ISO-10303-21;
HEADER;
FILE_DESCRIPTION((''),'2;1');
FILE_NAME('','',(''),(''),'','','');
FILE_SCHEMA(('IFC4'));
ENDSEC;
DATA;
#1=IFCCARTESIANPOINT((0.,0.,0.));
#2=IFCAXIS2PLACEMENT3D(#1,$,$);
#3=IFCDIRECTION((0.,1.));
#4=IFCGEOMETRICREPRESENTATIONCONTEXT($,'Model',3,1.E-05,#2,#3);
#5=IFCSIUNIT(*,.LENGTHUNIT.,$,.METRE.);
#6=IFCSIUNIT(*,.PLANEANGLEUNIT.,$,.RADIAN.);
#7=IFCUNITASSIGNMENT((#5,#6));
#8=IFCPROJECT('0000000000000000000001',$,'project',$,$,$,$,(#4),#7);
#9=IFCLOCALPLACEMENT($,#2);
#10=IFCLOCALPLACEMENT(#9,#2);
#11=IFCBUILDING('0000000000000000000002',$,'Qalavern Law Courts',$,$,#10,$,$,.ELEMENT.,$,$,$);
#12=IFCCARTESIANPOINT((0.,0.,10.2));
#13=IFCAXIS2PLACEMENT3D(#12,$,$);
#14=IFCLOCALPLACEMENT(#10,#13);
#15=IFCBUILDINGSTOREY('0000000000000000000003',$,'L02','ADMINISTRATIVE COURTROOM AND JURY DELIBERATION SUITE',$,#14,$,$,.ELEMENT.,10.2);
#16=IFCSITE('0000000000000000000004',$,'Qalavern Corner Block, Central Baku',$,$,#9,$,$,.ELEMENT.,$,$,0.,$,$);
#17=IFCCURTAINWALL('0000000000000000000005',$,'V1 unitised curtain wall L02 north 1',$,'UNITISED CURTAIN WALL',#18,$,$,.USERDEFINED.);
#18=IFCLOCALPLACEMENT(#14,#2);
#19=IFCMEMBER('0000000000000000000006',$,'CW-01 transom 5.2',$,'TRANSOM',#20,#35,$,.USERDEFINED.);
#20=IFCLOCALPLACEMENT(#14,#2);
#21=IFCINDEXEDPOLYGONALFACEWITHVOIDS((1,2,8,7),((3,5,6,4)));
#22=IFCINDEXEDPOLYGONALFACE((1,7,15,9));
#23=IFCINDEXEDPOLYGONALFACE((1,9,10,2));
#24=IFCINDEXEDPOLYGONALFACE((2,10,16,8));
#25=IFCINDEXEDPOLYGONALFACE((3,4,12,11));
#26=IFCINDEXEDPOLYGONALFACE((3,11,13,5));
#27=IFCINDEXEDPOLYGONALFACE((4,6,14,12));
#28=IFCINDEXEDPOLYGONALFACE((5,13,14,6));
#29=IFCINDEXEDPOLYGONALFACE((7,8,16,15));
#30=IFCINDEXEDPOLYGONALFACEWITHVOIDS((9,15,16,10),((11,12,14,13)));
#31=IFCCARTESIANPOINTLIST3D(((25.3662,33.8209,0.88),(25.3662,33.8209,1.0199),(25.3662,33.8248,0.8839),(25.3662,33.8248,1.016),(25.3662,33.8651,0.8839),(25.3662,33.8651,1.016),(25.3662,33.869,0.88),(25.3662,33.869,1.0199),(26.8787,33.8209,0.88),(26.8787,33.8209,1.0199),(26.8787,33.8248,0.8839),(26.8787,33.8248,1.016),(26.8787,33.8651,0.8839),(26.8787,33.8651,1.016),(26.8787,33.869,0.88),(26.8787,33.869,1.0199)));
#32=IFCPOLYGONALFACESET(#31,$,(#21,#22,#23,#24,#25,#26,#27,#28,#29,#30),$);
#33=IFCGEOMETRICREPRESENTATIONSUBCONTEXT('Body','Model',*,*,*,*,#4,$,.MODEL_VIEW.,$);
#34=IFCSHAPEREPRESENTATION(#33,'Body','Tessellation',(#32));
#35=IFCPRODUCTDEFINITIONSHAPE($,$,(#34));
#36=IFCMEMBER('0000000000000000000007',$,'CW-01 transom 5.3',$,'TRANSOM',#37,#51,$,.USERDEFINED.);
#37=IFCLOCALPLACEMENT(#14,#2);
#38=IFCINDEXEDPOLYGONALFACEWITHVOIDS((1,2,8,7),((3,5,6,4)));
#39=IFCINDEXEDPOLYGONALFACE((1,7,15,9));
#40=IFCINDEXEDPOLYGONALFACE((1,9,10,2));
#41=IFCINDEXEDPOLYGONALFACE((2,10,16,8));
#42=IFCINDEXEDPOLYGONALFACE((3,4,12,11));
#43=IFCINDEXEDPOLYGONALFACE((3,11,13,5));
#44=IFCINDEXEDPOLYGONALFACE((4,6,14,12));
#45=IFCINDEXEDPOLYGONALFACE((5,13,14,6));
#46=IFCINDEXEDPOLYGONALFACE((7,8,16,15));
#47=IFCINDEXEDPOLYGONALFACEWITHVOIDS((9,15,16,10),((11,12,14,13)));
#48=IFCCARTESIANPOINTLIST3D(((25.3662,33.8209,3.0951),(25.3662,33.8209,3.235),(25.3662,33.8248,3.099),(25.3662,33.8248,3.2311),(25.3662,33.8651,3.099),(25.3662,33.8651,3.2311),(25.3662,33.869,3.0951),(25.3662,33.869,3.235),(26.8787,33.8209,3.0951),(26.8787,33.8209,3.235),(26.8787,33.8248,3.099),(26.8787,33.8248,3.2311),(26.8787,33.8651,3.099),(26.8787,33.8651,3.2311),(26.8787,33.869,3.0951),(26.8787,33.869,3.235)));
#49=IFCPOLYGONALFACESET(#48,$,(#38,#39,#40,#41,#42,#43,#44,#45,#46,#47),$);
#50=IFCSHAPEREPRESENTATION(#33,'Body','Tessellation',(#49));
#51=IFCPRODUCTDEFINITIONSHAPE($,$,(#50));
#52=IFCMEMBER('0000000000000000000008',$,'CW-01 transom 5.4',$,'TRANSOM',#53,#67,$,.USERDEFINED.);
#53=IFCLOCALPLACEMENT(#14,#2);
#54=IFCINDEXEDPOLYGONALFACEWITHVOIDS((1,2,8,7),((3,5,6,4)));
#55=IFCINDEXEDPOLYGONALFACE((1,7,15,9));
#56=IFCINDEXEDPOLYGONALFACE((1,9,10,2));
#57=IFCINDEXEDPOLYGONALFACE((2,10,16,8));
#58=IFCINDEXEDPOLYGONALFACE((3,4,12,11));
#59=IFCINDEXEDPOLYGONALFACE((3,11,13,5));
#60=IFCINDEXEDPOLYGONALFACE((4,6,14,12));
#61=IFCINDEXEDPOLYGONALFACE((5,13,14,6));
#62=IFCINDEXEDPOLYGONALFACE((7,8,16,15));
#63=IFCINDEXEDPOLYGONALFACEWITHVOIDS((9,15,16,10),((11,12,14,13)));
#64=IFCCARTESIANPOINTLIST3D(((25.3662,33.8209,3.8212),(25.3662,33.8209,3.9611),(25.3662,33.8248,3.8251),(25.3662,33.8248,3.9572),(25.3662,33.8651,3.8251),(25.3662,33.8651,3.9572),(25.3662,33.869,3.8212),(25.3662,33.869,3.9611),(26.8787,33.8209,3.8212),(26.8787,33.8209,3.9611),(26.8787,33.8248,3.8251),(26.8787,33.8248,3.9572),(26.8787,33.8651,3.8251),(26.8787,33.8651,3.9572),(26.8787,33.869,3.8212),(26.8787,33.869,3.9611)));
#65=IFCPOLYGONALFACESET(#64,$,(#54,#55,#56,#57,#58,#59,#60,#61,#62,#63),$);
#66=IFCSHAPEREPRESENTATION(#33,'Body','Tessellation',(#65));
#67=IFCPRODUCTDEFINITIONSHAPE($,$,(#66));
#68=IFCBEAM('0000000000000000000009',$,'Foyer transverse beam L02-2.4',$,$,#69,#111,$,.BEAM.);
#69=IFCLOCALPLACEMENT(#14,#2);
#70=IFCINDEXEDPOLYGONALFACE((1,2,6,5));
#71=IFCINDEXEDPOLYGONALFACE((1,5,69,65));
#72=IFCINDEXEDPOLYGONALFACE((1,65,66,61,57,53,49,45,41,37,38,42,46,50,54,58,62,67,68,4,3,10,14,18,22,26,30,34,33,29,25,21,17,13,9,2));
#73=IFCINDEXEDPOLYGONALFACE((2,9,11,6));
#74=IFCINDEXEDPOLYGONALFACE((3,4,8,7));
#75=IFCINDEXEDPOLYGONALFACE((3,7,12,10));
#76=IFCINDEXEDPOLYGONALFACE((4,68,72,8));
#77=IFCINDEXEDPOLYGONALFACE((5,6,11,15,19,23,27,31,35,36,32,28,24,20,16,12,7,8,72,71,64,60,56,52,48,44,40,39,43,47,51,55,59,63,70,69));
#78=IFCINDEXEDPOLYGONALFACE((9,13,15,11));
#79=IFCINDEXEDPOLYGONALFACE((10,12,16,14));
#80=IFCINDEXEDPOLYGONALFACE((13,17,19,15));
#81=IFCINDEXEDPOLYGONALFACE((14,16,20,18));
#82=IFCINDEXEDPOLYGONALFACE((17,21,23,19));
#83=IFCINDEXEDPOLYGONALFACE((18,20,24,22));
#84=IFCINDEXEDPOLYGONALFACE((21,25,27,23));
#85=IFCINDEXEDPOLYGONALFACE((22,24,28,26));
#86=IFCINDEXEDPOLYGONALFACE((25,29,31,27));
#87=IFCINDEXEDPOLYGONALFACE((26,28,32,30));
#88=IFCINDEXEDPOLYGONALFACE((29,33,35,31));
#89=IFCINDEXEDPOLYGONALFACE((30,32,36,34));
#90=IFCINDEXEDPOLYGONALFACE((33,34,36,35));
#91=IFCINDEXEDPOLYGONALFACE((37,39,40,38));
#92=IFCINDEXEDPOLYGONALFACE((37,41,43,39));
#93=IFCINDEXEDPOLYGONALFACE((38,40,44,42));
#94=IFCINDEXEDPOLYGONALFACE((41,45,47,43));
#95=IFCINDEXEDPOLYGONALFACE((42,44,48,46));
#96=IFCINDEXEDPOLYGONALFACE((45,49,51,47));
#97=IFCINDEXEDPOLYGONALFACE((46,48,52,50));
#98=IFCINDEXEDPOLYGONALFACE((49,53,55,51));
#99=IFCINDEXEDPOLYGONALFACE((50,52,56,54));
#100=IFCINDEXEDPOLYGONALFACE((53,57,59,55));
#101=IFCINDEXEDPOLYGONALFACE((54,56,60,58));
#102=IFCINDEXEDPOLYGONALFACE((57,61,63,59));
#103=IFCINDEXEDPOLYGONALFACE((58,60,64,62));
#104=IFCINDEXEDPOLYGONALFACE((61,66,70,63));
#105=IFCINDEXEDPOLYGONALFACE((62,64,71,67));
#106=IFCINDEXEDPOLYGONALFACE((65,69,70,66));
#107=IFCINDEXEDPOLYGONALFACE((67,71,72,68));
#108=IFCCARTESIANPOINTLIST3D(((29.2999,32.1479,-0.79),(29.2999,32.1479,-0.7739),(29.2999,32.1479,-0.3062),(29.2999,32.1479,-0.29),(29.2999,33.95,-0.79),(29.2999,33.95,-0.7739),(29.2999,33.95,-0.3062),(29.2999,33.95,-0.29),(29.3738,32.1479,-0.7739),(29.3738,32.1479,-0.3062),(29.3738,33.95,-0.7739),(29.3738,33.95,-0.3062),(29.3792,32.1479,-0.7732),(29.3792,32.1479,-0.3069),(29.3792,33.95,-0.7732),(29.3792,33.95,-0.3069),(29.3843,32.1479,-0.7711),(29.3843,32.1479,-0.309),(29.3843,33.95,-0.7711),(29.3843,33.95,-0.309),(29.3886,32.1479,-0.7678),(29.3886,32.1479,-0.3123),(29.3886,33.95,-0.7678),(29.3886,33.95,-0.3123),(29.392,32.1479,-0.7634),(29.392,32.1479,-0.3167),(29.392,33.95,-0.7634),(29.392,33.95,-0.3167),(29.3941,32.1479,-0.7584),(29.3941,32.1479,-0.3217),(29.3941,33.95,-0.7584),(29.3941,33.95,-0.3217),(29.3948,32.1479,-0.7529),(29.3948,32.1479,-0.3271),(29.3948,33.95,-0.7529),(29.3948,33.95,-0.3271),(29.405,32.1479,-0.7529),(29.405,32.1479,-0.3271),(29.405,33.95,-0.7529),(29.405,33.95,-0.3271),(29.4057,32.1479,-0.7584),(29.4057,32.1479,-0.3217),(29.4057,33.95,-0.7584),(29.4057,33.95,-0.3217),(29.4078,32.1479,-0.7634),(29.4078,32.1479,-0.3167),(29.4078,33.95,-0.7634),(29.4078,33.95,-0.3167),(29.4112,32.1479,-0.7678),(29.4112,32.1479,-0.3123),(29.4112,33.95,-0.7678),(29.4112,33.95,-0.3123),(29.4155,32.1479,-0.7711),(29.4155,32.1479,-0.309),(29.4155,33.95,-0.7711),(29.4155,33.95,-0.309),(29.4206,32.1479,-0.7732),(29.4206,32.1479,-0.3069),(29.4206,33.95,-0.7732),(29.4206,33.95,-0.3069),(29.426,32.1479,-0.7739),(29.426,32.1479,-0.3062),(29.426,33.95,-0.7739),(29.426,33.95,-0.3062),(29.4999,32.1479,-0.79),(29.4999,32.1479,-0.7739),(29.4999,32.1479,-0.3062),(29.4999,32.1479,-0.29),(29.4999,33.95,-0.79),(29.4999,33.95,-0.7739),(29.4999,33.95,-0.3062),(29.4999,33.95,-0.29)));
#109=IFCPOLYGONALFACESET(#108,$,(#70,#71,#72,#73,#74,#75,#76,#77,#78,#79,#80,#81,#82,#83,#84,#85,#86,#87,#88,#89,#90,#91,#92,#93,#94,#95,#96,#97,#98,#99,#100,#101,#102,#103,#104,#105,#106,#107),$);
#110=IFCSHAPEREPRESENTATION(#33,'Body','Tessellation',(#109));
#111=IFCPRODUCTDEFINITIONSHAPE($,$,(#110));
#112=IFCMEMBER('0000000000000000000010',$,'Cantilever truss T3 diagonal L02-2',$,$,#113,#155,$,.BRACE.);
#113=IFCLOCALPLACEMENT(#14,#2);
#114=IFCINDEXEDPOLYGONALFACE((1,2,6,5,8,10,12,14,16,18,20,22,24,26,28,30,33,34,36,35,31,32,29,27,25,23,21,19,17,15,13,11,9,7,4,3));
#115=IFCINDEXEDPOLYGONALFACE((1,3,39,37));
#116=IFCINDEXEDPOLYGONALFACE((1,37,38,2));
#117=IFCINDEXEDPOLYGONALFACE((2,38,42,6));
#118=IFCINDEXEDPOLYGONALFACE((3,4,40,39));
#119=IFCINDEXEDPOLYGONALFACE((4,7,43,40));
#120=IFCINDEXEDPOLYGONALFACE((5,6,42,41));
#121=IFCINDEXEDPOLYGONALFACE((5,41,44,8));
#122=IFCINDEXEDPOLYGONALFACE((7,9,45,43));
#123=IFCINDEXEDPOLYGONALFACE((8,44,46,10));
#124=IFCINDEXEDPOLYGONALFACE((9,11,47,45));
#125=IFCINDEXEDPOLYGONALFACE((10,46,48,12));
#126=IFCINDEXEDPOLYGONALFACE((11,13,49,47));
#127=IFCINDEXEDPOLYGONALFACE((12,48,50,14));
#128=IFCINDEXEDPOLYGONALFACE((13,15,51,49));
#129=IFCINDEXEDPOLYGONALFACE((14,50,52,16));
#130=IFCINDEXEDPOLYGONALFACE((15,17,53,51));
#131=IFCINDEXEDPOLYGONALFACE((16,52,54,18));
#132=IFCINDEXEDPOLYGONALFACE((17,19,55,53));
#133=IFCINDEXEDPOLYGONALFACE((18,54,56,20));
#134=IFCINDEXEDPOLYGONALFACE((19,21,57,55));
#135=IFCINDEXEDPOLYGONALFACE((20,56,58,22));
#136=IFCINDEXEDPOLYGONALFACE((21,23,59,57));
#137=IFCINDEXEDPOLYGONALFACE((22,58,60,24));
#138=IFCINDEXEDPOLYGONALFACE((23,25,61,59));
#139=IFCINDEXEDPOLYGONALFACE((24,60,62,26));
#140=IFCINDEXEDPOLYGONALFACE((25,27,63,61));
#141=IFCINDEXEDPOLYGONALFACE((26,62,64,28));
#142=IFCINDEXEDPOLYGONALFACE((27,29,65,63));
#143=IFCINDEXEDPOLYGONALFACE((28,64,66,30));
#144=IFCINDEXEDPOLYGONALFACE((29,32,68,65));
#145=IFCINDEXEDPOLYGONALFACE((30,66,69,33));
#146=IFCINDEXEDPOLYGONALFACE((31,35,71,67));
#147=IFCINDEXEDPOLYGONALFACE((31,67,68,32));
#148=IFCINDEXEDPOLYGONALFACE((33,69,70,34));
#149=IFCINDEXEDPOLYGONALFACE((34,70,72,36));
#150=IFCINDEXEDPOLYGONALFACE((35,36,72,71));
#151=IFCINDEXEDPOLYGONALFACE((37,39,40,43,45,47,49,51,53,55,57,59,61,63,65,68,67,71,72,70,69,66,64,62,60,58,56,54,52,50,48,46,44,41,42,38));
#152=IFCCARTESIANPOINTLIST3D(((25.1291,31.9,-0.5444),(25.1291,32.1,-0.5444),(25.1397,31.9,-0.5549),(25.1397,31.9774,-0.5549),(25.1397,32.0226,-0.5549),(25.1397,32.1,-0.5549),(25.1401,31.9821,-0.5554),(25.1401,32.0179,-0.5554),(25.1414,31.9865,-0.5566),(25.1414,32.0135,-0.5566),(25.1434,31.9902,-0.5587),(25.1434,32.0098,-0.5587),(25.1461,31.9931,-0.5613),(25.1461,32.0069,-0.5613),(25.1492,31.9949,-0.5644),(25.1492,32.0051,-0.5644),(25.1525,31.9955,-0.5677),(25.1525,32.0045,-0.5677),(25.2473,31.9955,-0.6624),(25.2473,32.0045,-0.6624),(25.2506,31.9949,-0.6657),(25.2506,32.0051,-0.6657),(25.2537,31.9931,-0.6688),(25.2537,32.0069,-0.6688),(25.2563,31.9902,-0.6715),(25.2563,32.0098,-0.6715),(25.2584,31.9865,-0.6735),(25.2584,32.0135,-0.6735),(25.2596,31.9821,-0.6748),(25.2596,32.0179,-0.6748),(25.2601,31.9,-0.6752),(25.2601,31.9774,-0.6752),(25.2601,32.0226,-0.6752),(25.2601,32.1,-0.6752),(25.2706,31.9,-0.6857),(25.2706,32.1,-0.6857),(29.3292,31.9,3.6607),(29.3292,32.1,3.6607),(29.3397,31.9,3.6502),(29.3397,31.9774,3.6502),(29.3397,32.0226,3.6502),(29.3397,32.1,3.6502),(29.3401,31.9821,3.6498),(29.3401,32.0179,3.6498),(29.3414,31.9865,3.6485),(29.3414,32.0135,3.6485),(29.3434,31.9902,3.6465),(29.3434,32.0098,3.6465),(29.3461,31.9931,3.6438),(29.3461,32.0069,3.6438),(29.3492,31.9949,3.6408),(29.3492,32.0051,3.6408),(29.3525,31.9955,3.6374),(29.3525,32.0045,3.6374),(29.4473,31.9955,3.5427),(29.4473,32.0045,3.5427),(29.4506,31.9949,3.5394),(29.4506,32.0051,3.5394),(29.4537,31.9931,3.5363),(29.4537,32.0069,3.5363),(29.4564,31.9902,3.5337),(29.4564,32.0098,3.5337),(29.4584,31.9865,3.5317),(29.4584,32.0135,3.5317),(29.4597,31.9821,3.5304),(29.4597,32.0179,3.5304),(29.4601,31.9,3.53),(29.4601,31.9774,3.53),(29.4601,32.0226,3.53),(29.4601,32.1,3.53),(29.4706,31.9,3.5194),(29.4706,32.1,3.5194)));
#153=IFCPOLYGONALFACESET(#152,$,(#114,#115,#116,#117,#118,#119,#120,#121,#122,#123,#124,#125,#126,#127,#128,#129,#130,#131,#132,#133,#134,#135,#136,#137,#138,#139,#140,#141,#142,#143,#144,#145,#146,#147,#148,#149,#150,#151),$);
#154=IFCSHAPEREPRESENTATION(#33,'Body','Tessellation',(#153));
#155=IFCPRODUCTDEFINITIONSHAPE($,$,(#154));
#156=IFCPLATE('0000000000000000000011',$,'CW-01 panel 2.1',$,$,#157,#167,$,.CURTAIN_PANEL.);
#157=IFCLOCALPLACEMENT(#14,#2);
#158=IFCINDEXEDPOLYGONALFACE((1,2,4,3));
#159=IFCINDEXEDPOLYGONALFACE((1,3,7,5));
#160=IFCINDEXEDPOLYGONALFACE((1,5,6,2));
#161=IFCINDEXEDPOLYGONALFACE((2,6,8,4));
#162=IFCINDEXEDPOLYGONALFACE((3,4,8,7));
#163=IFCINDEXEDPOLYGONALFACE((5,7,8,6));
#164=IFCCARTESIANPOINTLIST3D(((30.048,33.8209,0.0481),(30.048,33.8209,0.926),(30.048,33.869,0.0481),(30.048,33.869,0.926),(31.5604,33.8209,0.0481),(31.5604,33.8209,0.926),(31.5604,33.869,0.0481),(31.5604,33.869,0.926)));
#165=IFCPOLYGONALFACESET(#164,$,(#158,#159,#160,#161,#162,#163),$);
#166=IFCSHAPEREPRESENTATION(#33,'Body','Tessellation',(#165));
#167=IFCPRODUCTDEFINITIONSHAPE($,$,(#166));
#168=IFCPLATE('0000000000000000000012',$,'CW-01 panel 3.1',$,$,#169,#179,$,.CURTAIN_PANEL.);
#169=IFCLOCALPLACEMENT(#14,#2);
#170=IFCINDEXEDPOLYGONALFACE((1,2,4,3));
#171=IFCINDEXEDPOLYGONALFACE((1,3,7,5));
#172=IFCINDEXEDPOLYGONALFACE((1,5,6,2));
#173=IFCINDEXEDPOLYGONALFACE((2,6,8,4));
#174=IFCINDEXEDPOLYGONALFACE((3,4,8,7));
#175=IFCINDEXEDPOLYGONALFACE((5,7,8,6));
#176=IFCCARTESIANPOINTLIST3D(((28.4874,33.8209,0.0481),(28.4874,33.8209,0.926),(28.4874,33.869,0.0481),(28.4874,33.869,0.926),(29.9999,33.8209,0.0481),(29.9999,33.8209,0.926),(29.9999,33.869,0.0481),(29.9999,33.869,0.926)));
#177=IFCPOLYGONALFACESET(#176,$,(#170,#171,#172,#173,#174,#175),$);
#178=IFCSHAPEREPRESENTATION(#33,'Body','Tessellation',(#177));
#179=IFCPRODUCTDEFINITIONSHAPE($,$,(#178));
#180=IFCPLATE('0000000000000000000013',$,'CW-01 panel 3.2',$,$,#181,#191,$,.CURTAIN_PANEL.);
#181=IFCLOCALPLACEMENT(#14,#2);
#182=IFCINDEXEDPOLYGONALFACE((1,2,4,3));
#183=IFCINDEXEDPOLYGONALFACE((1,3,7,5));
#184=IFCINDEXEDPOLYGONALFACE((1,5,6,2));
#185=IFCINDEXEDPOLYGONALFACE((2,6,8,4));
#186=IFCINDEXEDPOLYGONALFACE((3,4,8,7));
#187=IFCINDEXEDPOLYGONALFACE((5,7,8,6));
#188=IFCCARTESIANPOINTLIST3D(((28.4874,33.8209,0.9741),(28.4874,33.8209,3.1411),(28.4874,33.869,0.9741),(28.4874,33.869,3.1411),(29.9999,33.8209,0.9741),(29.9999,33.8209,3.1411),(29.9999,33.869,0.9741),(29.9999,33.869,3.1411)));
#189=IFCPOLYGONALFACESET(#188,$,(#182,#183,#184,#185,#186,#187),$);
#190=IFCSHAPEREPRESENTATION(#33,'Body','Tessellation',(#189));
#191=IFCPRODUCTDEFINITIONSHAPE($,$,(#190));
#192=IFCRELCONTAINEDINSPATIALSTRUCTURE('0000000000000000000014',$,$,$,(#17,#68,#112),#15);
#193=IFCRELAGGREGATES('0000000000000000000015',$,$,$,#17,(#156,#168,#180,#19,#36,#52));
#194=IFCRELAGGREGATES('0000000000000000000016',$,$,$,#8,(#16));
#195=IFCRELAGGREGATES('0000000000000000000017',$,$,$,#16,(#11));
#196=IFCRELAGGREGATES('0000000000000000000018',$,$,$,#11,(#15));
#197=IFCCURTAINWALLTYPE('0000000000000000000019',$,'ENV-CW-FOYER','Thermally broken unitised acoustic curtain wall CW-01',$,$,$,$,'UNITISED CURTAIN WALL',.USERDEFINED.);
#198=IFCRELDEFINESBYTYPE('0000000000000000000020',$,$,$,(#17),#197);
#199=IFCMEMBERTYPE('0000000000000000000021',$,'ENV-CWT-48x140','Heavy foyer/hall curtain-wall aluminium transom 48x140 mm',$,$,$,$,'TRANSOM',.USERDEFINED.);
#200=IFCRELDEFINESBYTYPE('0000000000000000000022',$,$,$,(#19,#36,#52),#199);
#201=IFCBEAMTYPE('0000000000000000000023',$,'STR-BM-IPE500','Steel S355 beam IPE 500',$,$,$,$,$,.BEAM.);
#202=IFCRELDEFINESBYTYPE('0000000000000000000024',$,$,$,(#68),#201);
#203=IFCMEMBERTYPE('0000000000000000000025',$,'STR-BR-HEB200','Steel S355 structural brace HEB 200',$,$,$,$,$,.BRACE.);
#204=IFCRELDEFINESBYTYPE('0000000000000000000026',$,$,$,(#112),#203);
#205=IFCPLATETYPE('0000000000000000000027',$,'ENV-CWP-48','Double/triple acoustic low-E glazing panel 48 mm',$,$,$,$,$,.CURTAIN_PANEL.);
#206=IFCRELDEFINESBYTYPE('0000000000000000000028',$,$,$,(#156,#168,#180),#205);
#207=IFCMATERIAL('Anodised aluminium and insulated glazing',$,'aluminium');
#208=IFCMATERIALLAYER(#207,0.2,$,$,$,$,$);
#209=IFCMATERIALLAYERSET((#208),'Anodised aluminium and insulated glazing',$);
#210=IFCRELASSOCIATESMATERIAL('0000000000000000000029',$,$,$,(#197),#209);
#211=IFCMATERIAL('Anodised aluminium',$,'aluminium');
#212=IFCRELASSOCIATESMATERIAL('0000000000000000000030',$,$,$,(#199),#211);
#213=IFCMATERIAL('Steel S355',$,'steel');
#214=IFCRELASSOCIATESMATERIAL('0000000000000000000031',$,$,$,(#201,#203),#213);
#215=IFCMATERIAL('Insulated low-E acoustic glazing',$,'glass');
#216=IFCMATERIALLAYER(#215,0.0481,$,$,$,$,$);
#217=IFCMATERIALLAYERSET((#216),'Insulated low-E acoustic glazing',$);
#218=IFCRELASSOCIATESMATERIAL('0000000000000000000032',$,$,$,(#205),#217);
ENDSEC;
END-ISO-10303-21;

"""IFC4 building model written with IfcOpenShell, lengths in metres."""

from ifc_helpers import new_model, si_unit, direction, frame, origin, origin_2d, place, context, subcontext, project, spatial, rectangle, hollow_rectangle, i_section, extrude, material, layer, layer_set, material_profile, profile_set, type_object, element, aggregate, save


model = new_model("IFC4")

# Units and contexts
model_context = context("Model", 3, precision=1e-05, world=origin(), true_north=direction((0.0, 1.0)))
body_context = subcontext(model_context, "Body", "Model", "MODEL_VIEW")
ifc_project = project(units=[si_unit("LENGTHUNIT", "METRE"), si_unit("PLANEANGLEUNIT", "RADIAN")], contexts=[model_context])

# Site, building, storey
site_placement = place(None, origin())
site = spatial("IfcSite", under=ifc_project, at=site_placement, Name="Qalavern Corner Block, Central Baku", CompositionType="ELEMENT", RefElevation=0.0)
building_placement = place(site_placement, origin())
building = spatial("IfcBuilding", under=site, at=building_placement, Name="Qalavern Law Courts", CompositionType="ELEMENT")
storey_placement = place(building_placement, frame((0.0, 0.0, 10.2)))
storey = spatial("IfcBuildingStorey", under=building, at=storey_placement, Name="L02", Description="ADMINISTRATIVE COURTROOM AND JURY DELIBERATION SUITE", CompositionType="ELEMENT", Elevation=10.2)

# Curtain wall, members
ifc_material_1 = material(Name="Anodised aluminium and insulated glazing", Category="aluminium")
ifc_layer_1 = layer(ifc_material_1, 0.2)
ifc_layer_set_1 = layer_set([ifc_layer_1], Name="Anodised aluminium and insulated glazing")
curtain_wall_type = type_object("IfcCurtainWallType", Name="ENV-CW-FOYER", Description="Thermally broken unitised acoustic curtain wall CW-01", ElementType="UNITISED CURTAIN WALL", PredefinedType="USERDEFINED", material=ifc_layer_set_1)
curtain_wall_placement = place(storey_placement, origin())
curtain_wall = element("IfcCurtainWall", 1, at=curtain_wall_placement, inside=storey, type_object=curtain_wall_type, Name="V1 unitised curtain wall L02 north 1", ObjectType="UNITISED CURTAIN WALL", PredefinedType="USERDEFINED")
ifc_material_2 = material(Name="Anodised aluminium", Category="aluminium")
ifc_material_profile_1 = material_profile(ifc_material_2, hollow_rectangle(XDim=0.0481, YDim=0.1399, WallThickness=0.0039, at=origin_2d()), Name="ALU TRANSOM 48x140")
ifc_profile_set_1 = profile_set([ifc_material_profile_1], Name="Anodised aluminium")
member_type_1 = type_object("IfcMemberType", Name="ENV-CWT-48x140", Description="Heavy foyer/hall curtain-wall aluminium transom 48x140 mm", ElementType="TRANSOM", PredefinedType="USERDEFINED", material=ifc_profile_set_1)
member_1_placement = place(storey_placement, frame((26.8787, 33.845, 0.95), z_axis=(-1.0, 0.0, 0.0), x_axis=(0.0, -1.0, 0.0)))
member_1 = element("IfcMember", 2, at=member_1_placement, type_object=member_type_1, Name="CW-01 transom 5.2", ObjectType="TRANSOM", PredefinedType="USERDEFINED", context=body_context, shape_type="SweptSolid", body=[
    extrude(hollow_rectangle(XDim=0.0481, YDim=0.1399, WallThickness=0.0039, at=origin_2d()), origin(), (0.0, 0.0, 1.0), 1.5125),
])
member_2_placement = place(storey_placement, frame((26.8787, 33.845, 3.165), z_axis=(-1.0, 0.0, 0.0), x_axis=(0.0, -1.0, 0.0)))
member_2 = element("IfcMember", 3, at=member_2_placement, type_object=member_type_1, Name="CW-01 transom 5.3", ObjectType="TRANSOM", PredefinedType="USERDEFINED", context=body_context, shape_type="SweptSolid", body=[
    extrude(hollow_rectangle(XDim=0.0481, YDim=0.1399, WallThickness=0.0039, at=origin_2d()), origin(), (0.0, 0.0, 1.0), 1.5125),
])
member_3_placement = place(storey_placement, frame((26.8787, 33.845, 3.8911), z_axis=(-1.0, 0.0, 0.0), x_axis=(0.0, -1.0, 0.0)))
member_3 = element("IfcMember", 4, at=member_3_placement, type_object=member_type_1, Name="CW-01 transom 5.4", ObjectType="TRANSOM", PredefinedType="USERDEFINED", context=body_context, shape_type="SweptSolid", body=[
    extrude(hollow_rectangle(XDim=0.0481, YDim=0.1399, WallThickness=0.0039, at=origin_2d()), origin(), (0.0, 0.0, 1.0), 1.5125),
])

# Beam
ifc_material_3 = material(Name="Steel S355", Category="steel")
ifc_material_profile_2 = material_profile(ifc_material_3, i_section(OverallWidth=0.2, OverallDepth=0.5, WebThickness=0.0103, FlangeThickness=0.0161, FilletRadius=0.021, at=origin_2d()), Name="IPE 500")
ifc_profile_set_2 = profile_set([ifc_material_profile_2], Name="Steel S355")
beam_type = type_object("IfcBeamType", Name="STR-BM-IPE500", Description="Steel S355 beam IPE 500", PredefinedType="BEAM", material=ifc_profile_set_2)
beam_placement = place(storey_placement, frame((29.3999, 32.1479, -0.54), z_axis=(0.0, 1.0, 0.0), x_axis=(-1.0, 0.0, 0.0)))
element("IfcBeam", 5, at=beam_placement, inside=storey, type_object=beam_type, Name="Foyer transverse beam L02-2.4", PredefinedType="BEAM", context=body_context, shape_type="SweptSolid", body=[
    extrude(i_section(OverallWidth=0.2, OverallDepth=0.5, WebThickness=0.0103, FlangeThickness=0.0161, FilletRadius=0.021, at=origin_2d()), origin(), (0.0, 0.0, 1.0), 1.802),
])

# Member
ifc_material_profile_3 = material_profile(ifc_material_3, i_section(OverallWidth=0.2, OverallDepth=0.2, WebThickness=0.009, FlangeThickness=0.0149, FilletRadius=0.0181, at=origin_2d()), Name="HEB 200")
ifc_profile_set_3 = profile_set([ifc_material_profile_3], Name="Steel S355")
member_type_2 = type_object("IfcMemberType", Name="STR-BR-HEB200", Description="Steel S355 structural brace HEB 200", PredefinedType="BRACE", material=ifc_profile_set_3)
member_4_placement = place(storey_placement, frame((29.3999, 32.0, 3.5901), z_axis=(-0.706675, 0.0, -0.707538), x_axis=(0.0, -1.0, 0.0)))
element("IfcMember", 6, at=member_4_placement, inside=storey, type_object=member_type_2, Name="Cantilever truss T3 diagonal L02-2", PredefinedType="BRACE", context=body_context, shape_type="SweptSolid", body=[
    extrude(i_section(OverallWidth=0.2, OverallDepth=0.2, WebThickness=0.009, FlangeThickness=0.0149, FilletRadius=0.0181, at=origin_2d()), origin(), (0.0, 0.0, 1.0), 5.9434),
])

# Plates
ifc_material_4 = material(Name="Insulated low-E acoustic glazing", Category="glass")
ifc_layer_2 = layer(ifc_material_4, 0.0481)
ifc_layer_set_2 = layer_set([ifc_layer_2], Name="Insulated low-E acoustic glazing")
plate_type = type_object("IfcPlateType", Name="ENV-CWP-48", Description="Double/triple acoustic low-E glazing panel 48 mm", PredefinedType="CURTAIN_PANEL", material=ifc_layer_set_2)
plate_1_placement = place(storey_placement, frame((30.8042, 33.845, 0.0481), z_axis=(0.0, 0.0, 1.0), x_axis=(-1.0, 0.0, 0.0)))
plate_1 = element("IfcPlate", 7, at=plate_1_placement, type_object=plate_type, Name="CW-01 panel 2.1", PredefinedType="CURTAIN_PANEL", context=body_context, shape_type="SweptSolid", body=[
    extrude(rectangle(XDim=1.5125, YDim=0.0481, at=origin_2d()), origin(), (0.0, 0.0, 1.0), 0.8779),
])
plate_2_placement = place(storey_placement, frame((29.2437, 33.845, 0.0481), z_axis=(0.0, 0.0, 1.0), x_axis=(-1.0, 0.0, 0.0)))
plate_2 = element("IfcPlate", 8, at=plate_2_placement, type_object=plate_type, Name="CW-01 panel 3.1", PredefinedType="CURTAIN_PANEL", context=body_context, shape_type="SweptSolid", body=[
    extrude(rectangle(XDim=1.5125, YDim=0.0481, at=origin_2d()), origin(), (0.0, 0.0, 1.0), 0.8779),
])
plate_3_placement = place(storey_placement, frame((29.2437, 33.845, 0.9741), z_axis=(0.0, 0.0, 1.0), x_axis=(-1.0, 0.0, 0.0)))
plate_3 = element("IfcPlate", 9, at=plate_3_placement, type_object=plate_type, Name="CW-01 panel 3.2", PredefinedType="CURTAIN_PANEL", context=body_context, shape_type="SweptSolid", body=[
    extrude(rectangle(XDim=1.5125, YDim=0.0481, at=origin_2d()), origin(), (0.0, 0.0, 1.0), 2.167),
])
aggregate(curtain_wall, [plate_1, plate_2, plate_3, member_1, member_2, member_3])

save(model, "model.ifc")
